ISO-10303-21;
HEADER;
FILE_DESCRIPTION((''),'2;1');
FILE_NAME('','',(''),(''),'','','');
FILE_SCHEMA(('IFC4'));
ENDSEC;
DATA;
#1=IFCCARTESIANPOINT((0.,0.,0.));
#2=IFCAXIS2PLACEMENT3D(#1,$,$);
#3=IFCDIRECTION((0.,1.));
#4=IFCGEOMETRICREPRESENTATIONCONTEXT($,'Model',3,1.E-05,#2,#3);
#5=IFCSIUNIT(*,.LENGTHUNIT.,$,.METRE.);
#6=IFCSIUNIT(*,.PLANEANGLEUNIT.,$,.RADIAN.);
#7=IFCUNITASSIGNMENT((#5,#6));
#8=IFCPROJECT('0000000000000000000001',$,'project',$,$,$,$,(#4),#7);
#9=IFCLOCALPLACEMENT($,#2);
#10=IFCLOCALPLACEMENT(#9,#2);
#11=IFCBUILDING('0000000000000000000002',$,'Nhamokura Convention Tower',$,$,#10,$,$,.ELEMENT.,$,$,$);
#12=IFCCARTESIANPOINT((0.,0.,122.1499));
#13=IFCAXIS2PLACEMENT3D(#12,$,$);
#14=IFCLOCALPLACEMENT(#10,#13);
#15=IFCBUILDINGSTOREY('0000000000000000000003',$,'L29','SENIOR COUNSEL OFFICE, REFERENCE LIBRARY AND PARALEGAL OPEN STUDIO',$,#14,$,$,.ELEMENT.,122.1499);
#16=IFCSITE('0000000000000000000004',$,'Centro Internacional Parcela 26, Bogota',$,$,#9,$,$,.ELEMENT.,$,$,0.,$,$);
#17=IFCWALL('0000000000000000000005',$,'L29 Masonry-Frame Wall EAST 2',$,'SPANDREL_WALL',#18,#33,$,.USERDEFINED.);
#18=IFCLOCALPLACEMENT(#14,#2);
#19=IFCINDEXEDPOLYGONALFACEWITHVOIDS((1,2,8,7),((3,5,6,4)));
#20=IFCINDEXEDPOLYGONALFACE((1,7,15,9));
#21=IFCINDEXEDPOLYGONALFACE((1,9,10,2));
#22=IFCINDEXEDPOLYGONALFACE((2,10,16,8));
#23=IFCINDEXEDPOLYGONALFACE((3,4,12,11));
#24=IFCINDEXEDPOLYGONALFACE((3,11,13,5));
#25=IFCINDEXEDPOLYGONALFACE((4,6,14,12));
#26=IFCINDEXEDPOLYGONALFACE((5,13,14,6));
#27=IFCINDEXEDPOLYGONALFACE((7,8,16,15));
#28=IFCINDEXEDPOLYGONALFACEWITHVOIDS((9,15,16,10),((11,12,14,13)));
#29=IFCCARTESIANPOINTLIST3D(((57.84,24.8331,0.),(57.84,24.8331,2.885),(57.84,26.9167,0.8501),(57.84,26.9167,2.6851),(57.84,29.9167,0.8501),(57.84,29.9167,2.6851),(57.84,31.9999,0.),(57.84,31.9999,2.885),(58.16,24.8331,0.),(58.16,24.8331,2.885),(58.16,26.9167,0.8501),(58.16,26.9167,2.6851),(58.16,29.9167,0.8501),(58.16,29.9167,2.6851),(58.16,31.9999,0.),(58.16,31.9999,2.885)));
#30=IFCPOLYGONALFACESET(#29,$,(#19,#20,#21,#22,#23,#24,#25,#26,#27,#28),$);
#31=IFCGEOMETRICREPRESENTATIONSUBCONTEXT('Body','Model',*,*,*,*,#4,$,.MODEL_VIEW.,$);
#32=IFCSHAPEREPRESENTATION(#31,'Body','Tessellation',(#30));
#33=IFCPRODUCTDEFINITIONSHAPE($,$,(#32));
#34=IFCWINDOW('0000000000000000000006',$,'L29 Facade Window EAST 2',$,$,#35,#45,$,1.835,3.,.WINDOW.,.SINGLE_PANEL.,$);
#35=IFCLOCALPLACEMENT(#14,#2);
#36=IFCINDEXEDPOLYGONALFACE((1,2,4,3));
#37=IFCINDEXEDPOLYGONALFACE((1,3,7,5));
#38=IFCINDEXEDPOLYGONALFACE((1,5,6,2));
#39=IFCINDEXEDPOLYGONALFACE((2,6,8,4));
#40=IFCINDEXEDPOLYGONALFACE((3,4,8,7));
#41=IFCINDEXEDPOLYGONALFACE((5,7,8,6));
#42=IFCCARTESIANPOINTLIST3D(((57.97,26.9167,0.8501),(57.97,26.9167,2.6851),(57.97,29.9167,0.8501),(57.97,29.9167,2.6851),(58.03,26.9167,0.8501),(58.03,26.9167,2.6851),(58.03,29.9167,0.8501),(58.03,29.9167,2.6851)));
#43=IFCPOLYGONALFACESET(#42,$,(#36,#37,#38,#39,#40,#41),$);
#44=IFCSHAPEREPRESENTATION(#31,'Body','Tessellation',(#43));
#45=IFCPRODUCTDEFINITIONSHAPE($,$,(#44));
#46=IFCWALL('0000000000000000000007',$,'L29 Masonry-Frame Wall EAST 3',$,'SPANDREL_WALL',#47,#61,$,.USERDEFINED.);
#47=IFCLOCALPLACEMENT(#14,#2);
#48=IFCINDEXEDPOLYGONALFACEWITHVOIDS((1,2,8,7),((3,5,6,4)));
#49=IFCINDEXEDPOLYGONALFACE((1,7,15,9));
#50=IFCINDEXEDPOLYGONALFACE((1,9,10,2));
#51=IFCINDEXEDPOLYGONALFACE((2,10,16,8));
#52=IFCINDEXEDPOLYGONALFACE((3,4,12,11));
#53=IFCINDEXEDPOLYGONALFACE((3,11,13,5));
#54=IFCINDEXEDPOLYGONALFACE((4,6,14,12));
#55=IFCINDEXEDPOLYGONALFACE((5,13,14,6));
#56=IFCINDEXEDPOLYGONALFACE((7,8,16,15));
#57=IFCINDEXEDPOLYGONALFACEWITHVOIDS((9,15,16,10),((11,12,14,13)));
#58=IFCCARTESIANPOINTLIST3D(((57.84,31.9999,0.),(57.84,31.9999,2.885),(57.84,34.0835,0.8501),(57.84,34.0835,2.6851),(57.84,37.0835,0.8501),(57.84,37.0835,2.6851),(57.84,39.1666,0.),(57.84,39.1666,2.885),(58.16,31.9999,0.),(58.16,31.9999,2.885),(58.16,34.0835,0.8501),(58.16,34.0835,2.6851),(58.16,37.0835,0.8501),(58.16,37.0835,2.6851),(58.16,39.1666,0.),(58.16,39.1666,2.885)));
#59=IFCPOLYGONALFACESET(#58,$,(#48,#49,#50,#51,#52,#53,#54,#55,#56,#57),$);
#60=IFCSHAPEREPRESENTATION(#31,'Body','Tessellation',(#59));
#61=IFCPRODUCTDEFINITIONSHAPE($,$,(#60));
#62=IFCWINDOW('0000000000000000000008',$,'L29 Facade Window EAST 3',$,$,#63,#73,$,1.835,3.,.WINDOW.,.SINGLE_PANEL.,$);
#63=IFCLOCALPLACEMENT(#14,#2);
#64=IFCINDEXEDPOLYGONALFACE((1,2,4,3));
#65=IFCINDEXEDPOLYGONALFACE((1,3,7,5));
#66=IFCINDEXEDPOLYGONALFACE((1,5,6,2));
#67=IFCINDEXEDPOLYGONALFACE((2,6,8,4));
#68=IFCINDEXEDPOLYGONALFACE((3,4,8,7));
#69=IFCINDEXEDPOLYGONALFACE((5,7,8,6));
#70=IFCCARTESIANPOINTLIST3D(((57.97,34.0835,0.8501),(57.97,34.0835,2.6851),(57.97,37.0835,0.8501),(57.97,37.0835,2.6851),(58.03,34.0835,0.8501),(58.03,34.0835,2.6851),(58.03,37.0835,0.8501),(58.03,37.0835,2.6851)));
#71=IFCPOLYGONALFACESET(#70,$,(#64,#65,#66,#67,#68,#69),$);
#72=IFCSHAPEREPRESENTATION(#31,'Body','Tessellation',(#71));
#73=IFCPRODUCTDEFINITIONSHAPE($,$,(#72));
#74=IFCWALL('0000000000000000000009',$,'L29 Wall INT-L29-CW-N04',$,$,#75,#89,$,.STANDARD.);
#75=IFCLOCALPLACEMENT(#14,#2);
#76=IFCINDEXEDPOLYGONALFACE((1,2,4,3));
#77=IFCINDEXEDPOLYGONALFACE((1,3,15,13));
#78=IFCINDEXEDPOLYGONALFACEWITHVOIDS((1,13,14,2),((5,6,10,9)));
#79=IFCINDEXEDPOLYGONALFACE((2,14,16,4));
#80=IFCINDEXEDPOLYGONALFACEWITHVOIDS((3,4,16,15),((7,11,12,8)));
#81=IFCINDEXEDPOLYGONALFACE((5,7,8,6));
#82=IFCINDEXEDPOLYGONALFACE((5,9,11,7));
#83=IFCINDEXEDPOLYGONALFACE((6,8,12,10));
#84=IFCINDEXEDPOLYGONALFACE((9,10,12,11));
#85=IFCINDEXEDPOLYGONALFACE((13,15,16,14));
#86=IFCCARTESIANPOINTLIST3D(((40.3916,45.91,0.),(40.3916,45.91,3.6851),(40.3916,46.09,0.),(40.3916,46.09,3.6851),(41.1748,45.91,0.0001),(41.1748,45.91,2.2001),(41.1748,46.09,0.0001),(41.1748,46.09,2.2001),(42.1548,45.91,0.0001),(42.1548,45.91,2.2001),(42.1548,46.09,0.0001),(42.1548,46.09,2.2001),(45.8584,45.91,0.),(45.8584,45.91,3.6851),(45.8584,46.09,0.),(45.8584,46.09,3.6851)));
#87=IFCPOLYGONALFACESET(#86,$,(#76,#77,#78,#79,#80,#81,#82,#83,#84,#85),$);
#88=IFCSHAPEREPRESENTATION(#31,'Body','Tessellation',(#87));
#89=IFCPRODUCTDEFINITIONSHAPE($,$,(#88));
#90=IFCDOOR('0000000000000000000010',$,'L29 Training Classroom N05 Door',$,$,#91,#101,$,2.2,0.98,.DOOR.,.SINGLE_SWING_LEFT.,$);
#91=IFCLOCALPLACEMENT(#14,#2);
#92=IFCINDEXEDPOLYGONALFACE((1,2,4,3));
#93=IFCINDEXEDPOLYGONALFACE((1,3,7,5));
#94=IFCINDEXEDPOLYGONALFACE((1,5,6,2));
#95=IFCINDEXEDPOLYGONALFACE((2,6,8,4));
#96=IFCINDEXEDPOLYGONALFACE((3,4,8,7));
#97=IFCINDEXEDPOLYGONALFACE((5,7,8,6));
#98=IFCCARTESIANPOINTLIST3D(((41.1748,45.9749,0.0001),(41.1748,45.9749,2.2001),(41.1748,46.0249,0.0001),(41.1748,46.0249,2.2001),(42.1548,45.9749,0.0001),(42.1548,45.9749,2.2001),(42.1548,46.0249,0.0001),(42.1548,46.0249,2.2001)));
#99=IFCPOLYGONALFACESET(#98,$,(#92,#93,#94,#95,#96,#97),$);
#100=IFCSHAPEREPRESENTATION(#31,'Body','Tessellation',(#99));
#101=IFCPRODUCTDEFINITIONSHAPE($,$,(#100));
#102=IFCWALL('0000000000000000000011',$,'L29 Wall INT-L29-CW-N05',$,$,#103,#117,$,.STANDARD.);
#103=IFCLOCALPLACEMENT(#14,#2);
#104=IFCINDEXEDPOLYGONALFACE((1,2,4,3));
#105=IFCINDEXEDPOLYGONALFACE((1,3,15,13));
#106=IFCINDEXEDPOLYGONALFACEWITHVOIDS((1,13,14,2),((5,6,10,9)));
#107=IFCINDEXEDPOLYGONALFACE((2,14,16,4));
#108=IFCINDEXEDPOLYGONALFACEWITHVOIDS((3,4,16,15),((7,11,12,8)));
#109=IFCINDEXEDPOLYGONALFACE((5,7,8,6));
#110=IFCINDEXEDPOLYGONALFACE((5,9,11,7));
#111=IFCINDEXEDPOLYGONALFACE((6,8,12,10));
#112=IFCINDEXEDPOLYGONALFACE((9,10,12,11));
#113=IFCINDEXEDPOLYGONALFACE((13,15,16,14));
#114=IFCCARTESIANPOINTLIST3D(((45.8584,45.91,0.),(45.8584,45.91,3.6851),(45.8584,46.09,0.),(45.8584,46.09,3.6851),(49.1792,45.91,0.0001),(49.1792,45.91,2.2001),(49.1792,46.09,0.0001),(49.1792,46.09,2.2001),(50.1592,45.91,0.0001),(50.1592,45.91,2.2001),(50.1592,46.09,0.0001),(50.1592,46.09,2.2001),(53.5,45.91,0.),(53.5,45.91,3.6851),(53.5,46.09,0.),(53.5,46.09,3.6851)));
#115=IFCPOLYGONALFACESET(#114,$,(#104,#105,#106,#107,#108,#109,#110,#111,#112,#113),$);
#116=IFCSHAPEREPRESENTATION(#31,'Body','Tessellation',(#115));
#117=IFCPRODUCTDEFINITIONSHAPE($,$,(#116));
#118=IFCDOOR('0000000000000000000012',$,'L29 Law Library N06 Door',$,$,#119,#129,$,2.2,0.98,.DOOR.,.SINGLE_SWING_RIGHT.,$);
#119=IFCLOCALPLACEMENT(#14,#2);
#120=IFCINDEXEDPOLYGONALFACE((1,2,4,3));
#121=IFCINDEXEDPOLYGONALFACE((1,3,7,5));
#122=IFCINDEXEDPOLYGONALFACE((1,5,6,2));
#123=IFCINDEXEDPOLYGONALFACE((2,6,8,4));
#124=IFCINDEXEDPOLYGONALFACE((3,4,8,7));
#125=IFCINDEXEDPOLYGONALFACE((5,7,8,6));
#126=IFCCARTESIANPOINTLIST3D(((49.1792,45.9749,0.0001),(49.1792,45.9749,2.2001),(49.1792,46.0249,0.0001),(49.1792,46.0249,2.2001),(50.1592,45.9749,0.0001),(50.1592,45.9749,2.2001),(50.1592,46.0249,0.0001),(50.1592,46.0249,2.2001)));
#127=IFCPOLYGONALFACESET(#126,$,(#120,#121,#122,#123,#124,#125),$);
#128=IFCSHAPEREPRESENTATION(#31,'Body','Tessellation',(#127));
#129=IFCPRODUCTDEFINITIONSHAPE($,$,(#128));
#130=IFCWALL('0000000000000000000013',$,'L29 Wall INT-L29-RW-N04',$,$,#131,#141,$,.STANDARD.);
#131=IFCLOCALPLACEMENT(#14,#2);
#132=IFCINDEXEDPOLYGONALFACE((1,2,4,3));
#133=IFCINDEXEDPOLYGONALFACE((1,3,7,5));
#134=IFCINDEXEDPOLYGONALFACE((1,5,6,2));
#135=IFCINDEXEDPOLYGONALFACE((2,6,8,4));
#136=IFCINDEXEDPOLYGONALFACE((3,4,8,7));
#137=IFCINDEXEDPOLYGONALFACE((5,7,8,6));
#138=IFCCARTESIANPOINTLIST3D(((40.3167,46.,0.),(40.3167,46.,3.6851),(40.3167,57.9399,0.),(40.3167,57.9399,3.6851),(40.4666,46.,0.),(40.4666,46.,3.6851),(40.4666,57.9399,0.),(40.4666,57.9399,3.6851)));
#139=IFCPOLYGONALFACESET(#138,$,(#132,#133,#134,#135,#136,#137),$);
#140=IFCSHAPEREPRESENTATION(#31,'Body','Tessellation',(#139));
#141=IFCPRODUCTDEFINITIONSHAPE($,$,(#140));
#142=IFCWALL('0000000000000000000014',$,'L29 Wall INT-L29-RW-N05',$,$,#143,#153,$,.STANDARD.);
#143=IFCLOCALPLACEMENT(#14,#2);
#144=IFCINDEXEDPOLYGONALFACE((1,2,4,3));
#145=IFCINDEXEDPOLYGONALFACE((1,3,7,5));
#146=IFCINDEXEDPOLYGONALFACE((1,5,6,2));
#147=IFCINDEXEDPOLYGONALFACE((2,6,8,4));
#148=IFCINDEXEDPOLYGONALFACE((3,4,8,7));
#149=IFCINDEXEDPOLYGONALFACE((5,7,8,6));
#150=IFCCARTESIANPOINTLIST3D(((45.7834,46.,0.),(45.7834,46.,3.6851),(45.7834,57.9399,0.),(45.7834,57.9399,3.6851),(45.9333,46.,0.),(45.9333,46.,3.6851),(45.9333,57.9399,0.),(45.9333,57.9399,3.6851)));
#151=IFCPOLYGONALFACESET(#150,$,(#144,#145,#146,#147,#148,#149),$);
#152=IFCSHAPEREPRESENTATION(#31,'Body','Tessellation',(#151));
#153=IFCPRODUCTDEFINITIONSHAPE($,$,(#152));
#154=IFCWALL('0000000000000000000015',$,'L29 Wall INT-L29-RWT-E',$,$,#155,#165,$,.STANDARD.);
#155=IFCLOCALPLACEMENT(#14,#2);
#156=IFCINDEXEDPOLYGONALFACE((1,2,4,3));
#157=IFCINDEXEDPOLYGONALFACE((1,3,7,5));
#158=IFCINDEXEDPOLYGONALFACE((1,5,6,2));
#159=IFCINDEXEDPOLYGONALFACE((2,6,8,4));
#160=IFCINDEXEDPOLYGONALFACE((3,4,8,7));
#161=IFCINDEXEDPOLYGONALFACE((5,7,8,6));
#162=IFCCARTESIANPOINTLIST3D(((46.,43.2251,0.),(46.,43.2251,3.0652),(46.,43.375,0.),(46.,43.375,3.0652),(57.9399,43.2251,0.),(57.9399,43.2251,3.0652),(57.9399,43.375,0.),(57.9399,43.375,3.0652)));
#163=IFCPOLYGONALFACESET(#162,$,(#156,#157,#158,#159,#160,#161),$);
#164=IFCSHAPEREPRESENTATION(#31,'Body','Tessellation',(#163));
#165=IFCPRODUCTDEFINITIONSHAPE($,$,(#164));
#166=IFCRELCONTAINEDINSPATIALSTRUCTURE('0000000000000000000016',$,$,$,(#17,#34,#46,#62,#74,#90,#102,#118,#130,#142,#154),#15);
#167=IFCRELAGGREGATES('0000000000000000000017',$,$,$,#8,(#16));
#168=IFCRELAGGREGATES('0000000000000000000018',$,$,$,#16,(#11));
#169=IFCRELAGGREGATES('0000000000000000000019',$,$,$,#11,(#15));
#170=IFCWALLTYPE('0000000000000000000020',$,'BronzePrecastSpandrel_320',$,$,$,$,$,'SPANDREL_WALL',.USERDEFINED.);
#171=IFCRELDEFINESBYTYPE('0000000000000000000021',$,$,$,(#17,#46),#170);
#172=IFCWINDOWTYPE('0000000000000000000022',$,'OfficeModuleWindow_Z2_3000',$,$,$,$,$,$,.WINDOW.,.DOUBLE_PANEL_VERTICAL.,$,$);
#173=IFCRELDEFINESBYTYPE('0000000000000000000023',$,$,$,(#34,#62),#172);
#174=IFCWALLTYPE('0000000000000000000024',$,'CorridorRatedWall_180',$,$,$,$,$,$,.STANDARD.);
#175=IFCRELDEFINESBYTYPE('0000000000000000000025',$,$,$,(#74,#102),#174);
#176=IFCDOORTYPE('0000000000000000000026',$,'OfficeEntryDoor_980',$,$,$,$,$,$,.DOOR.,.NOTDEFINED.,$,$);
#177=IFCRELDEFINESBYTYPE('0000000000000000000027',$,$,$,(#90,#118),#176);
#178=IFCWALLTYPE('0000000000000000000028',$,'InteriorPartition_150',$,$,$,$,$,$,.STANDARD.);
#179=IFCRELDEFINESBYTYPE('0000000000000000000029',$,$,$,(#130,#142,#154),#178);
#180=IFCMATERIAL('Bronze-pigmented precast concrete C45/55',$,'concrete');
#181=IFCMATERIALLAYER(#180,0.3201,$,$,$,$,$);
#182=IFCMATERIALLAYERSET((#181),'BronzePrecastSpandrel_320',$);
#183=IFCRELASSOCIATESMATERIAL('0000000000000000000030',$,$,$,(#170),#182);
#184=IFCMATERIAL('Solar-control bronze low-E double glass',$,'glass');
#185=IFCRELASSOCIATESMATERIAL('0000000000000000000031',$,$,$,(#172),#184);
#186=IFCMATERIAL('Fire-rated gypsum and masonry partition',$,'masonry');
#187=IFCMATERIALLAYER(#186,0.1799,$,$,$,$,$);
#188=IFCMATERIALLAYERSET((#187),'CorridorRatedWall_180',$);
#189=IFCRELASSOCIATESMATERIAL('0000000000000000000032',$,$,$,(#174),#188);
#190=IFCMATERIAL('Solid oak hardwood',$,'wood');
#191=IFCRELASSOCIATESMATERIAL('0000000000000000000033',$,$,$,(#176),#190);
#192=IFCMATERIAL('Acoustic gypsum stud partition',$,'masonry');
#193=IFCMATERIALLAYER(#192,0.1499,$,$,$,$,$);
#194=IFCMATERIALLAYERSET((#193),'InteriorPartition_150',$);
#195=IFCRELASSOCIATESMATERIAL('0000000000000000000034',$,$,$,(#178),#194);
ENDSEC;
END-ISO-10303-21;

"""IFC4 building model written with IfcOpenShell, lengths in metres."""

from ifc_helpers import new_model, si_unit, direction, frame, frame_2d, origin, place, context, subcontext, project, spatial, rectangle, extrude, material, layer, layer_set, type_object, element, fill, save


model = new_model("IFC4")

# Units and contexts
model_context = context("Model", 3, precision=1e-05, world=origin(), true_north=direction((0.0, 1.0)))
body_context = subcontext(model_context, "Body", "Model", "MODEL_VIEW")
ifc_project = project(units=[si_unit("LENGTHUNIT", "METRE"), si_unit("PLANEANGLEUNIT", "RADIAN")], contexts=[model_context])

# Site, building, storey
site_placement = place(None, origin())
site = spatial("IfcSite", under=ifc_project, at=site_placement, Name="Centro Internacional Parcela 26, Bogota", CompositionType="ELEMENT", RefElevation=0.0)
building_placement = place(site_placement, origin())
building = spatial("IfcBuilding", under=site, at=building_placement, Name="Nhamokura Convention Tower", CompositionType="ELEMENT")
storey_placement = place(building_placement, frame((0.0, 0.0, 122.1499)))
storey = spatial("IfcBuildingStorey", under=building, at=storey_placement, Name="L29", Description="SENIOR COUNSEL OFFICE, REFERENCE LIBRARY AND PARALEGAL OPEN STUDIO", CompositionType="ELEMENT", Elevation=122.1499)

# Walls, openings, windows
ifc_material_1 = material(Name="Bronze-pigmented precast concrete C45/55", Category="concrete")
ifc_layer_1 = layer(ifc_material_1, 0.3201)
ifc_layer_set_1 = layer_set([ifc_layer_1], Name="BronzePrecastSpandrel_320")
wall_type_1 = type_object("IfcWallType", Name="BronzePrecastSpandrel_320", ElementType="SPANDREL_WALL", PredefinedType="USERDEFINED", material=ifc_layer_set_1)
wall_1_placement = place(storey_placement, frame((58.0, 32.0, 0.0), z_axis=(0.0, 0.0, 1.0), x_axis=(0.0, -1.0, 0.0)))
wall_1 = element("IfcWall", 1, at=wall_1_placement, inside=storey, type_object=wall_type_1, Name="L29 Masonry-Frame Wall EAST 2", ObjectType="SPANDREL_WALL", PredefinedType="USERDEFINED", context=body_context, shape_type="SweptSolid", body=[
    extrude(rectangle(XDim=7.1667, YDim=0.3201, at=frame_2d((3.5835, 0.0))), origin(), (0.0, 0.0, 1.0), 2.885),
])
opening_1_placement = place(wall_1_placement, frame((2.0833, 0.0, 0.8501)))
opening_1 = element("IfcOpeningElement", 2, at=opening_1_placement, cuts=wall_1, PredefinedType="OPENING", context=body_context, shape_type="SweptSolid", body=[
    extrude(rectangle(XDim=3.0, YDim=1.835, at=frame_2d((1.5, 0.9175))), frame((0.0, 0.1699, 0.0), z_axis=(0.0, -1.0, 0.0), x_axis=(1.0, 0.0, 0.0)), (0.0, 0.0, 1.0), 0.3401),
])
ifc_material_2 = material(Name="Solar-control bronze low-E double glass", Category="glass")
window_type = type_object("IfcWindowType", Name="OfficeModuleWindow_Z2_3000", PartitioningType="DOUBLE_PANEL_VERTICAL", PredefinedType="WINDOW", material=ifc_material_2)
window_1_placement = place(opening_1_placement, origin())
window_1 = element("IfcWindow", 3, at=window_1_placement, inside=storey, type_object=window_type, Name="L29 Facade Window EAST 2", OverallHeight=1.835, OverallWidth=3.0, PartitioningType="SINGLE_PANEL", PredefinedType="WINDOW", context=body_context, shape_type="SweptSolid", body=[
    extrude(rectangle(XDim=3.0, YDim=1.835, at=frame_2d((1.5, 0.9175))), frame((0.0, 0.03, 0.0), z_axis=(0.0, -1.0, 0.0), x_axis=(1.0, 0.0, 0.0)), (0.0, 0.0, 1.0), 0.0601),
])
fill(opening_1, window_1)
wall_2_placement = place(storey_placement, frame((58.0, 39.1667, 0.0), z_axis=(0.0, 0.0, 1.0), x_axis=(0.0, -1.0, 0.0)))
wall_2 = element("IfcWall", 4, at=wall_2_placement, inside=storey, type_object=wall_type_1, Name="L29 Masonry-Frame Wall EAST 3", ObjectType="SPANDREL_WALL", PredefinedType="USERDEFINED", context=body_context, shape_type="SweptSolid", body=[
    extrude(rectangle(XDim=7.1667, YDim=0.3201, at=frame_2d((3.5835, 0.0))), origin(), (0.0, 0.0, 1.0), 2.885),
])
opening_2_placement = place(wall_2_placement, frame((2.0833, 0.0, 0.8501)))
opening_2 = element("IfcOpeningElement", 5, at=opening_2_placement, cuts=wall_2, PredefinedType="OPENING", context=body_context, shape_type="SweptSolid", body=[
    extrude(rectangle(XDim=3.0, YDim=1.835, at=frame_2d((1.5, 0.9175))), frame((0.0, 0.1699, 0.0), z_axis=(0.0, -1.0, 0.0), x_axis=(1.0, 0.0, 0.0)), (0.0, 0.0, 1.0), 0.3401),
])
window_2_placement = place(opening_2_placement, origin())
window_2 = element("IfcWindow", 6, at=window_2_placement, inside=storey, type_object=window_type, Name="L29 Facade Window EAST 3", OverallHeight=1.835, OverallWidth=3.0, PartitioningType="SINGLE_PANEL", PredefinedType="WINDOW", context=body_context, shape_type="SweptSolid", body=[
    extrude(rectangle(XDim=3.0, YDim=1.835, at=frame_2d((1.5, 0.9175))), frame((0.0, 0.03, 0.0), z_axis=(0.0, -1.0, 0.0), x_axis=(1.0, 0.0, 0.0)), (0.0, 0.0, 1.0), 0.0601),
])
fill(opening_2, window_2)

# Walls, openings, doors
ifc_material_3 = material(Name="Fire-rated gypsum and masonry partition", Category="masonry")
ifc_layer_2 = layer(ifc_material_3, 0.1799)
ifc_layer_set_2 = layer_set([ifc_layer_2], Name="CorridorRatedWall_180")
wall_type_2 = type_object("IfcWallType", Name="CorridorRatedWall_180", PredefinedType="STANDARD", material=ifc_layer_set_2)
wall_3_placement = place(storey_placement, frame((40.3916, 46.0, 0.0), z_axis=(0.0, 0.0, 1.0), x_axis=(1.0, 0.0, 0.0)))
wall_3 = element("IfcWall", 7, at=wall_3_placement, inside=storey, type_object=wall_type_2, Name="L29 Wall INT-L29-CW-N04", PredefinedType="STANDARD", context=body_context, shape_type="SweptSolid", body=[
    extrude(rectangle(XDim=5.4668, YDim=0.1799, at=frame_2d((2.7334, 0.0))), origin(), (0.0, 0.0, 1.0), 3.6851),
])
opening_3_placement = place(wall_3_placement, frame((0.7832, 0.0, 0.0)))
opening_3 = element("IfcOpeningElement", 8, at=opening_3_placement, cuts=wall_3, PredefinedType="OPENING", context=body_context, shape_type="SweptSolid", body=[
    extrude(rectangle(XDim=0.98, YDim=2.2, at=frame_2d((0.49, 1.1001))), frame((0.0, 0.0999, 0.0), z_axis=(0.0, -1.0, 0.0), x_axis=(1.0, 0.0, 0.0)), (0.0, 0.0, 1.0), 0.2),
])
ifc_material_4 = material(Name="Solid oak hardwood", Category="wood")
door_type = type_object("IfcDoorType", Name="OfficeEntryDoor_980", OperationType="NOTDEFINED", PredefinedType="DOOR", material=ifc_material_4)
door_1_placement = place(opening_3_placement, origin())
door_1 = element("IfcDoor", 9, at=door_1_placement, inside=storey, type_object=door_type, Name="L29 Training Classroom N05 Door", OperationType="SINGLE_SWING_LEFT", OverallHeight=2.2, OverallWidth=0.98, PredefinedType="DOOR", context=body_context, shape_type="SweptSolid", body=[
    extrude(rectangle(XDim=0.98, YDim=2.2, at=frame_2d((0.49, 1.1001))), frame((0.0, 0.0249, 0.0), z_axis=(0.0, -1.0, 0.0), x_axis=(1.0, 0.0, 0.0)), (0.0, 0.0, 1.0), 0.05),
])
fill(opening_3, door_1)
wall_4_placement = place(storey_placement, frame((45.8584, 46.0, 0.0), z_axis=(0.0, 0.0, 1.0), x_axis=(1.0, 0.0, 0.0)))
wall_4 = element("IfcWall", 10, at=wall_4_placement, inside=storey, type_object=wall_type_2, Name="L29 Wall INT-L29-CW-N05", PredefinedType="STANDARD", context=body_context, shape_type="SweptSolid", body=[
    extrude(rectangle(XDim=7.6416, YDim=0.1799, at=frame_2d((3.8208, 0.0))), origin(), (0.0, 0.0, 1.0), 3.6851),
])
opening_4_placement = place(wall_4_placement, frame((3.3208, 0.0, 0.0)))
opening_4 = element("IfcOpeningElement", 11, at=opening_4_placement, cuts=wall_4, PredefinedType="OPENING", context=body_context, shape_type="SweptSolid", body=[
    extrude(rectangle(XDim=0.98, YDim=2.2, at=frame_2d((0.49, 1.1001))), frame((0.0, 0.0999, 0.0), z_axis=(0.0, -1.0, 0.0), x_axis=(1.0, 0.0, 0.0)), (0.0, 0.0, 1.0), 0.2),
])
door_2_placement = place(opening_4_placement, origin())
door_2 = element("IfcDoor", 12, at=door_2_placement, inside=storey, type_object=door_type, Name="L29 Law Library N06 Door", OperationType="SINGLE_SWING_RIGHT", OverallHeight=2.2, OverallWidth=0.98, PredefinedType="DOOR", context=body_context, shape_type="SweptSolid", body=[
    extrude(rectangle(XDim=0.98, YDim=2.2, at=frame_2d((0.49, 1.1001))), frame((0.0, 0.0249, 0.0), z_axis=(0.0, -1.0, 0.0), x_axis=(1.0, 0.0, 0.0)), (0.0, 0.0, 1.0), 0.05),
])
fill(opening_4, door_2)

# Walls
ifc_material_5 = material(Name="Acoustic gypsum stud partition", Category="masonry")
ifc_layer_3 = layer(ifc_material_5, 0.1499)
ifc_layer_set_3 = layer_set([ifc_layer_3], Name="InteriorPartition_150")
wall_type_3 = type_object("IfcWallType", Name="InteriorPartition_150", PredefinedType="STANDARD", material=ifc_layer_set_3)
for number, where, z_axis, x_axis, name in (
    (13, (40.3916, 46.0, 0.0), (0.0, 0.0, 1.0), (0.0, 1.0, 0.0), "L29 Wall INT-L29-RW-N04"),
    (14, (45.8584, 46.0, 0.0), (0.0, 0.0, 1.0), (0.0, 1.0, 0.0), "L29 Wall INT-L29-RW-N05"),
):
    element("IfcWall", number, at=place(storey_placement, frame(where, z_axis=z_axis, x_axis=x_axis)), inside=storey, type_object=wall_type_3, Name=name, PredefinedType="STANDARD", context=body_context, shape_type="SweptSolid", body=[
        extrude(rectangle(XDim=11.9399, YDim=0.1499, at=frame_2d((5.97, 0.0))), origin(), (0.0, 0.0, 1.0), 3.6851),
    ])
wall_5_placement = place(storey_placement, frame((46.0, 43.3, 0.0), z_axis=(0.0, 0.0, 1.0), x_axis=(1.0, 0.0, 0.0)))
element("IfcWall", 15, at=wall_5_placement, inside=storey, type_object=wall_type_3, Name="L29 Wall INT-L29-RWT-E", PredefinedType="STANDARD", context=body_context, shape_type="SweptSolid", body=[
    extrude(rectangle(XDim=11.9399, YDim=0.1499, at=frame_2d((5.97, 0.0))), origin(), (0.0, 0.0, 1.0), 3.0652),
])

save(model, "model.ifc")
